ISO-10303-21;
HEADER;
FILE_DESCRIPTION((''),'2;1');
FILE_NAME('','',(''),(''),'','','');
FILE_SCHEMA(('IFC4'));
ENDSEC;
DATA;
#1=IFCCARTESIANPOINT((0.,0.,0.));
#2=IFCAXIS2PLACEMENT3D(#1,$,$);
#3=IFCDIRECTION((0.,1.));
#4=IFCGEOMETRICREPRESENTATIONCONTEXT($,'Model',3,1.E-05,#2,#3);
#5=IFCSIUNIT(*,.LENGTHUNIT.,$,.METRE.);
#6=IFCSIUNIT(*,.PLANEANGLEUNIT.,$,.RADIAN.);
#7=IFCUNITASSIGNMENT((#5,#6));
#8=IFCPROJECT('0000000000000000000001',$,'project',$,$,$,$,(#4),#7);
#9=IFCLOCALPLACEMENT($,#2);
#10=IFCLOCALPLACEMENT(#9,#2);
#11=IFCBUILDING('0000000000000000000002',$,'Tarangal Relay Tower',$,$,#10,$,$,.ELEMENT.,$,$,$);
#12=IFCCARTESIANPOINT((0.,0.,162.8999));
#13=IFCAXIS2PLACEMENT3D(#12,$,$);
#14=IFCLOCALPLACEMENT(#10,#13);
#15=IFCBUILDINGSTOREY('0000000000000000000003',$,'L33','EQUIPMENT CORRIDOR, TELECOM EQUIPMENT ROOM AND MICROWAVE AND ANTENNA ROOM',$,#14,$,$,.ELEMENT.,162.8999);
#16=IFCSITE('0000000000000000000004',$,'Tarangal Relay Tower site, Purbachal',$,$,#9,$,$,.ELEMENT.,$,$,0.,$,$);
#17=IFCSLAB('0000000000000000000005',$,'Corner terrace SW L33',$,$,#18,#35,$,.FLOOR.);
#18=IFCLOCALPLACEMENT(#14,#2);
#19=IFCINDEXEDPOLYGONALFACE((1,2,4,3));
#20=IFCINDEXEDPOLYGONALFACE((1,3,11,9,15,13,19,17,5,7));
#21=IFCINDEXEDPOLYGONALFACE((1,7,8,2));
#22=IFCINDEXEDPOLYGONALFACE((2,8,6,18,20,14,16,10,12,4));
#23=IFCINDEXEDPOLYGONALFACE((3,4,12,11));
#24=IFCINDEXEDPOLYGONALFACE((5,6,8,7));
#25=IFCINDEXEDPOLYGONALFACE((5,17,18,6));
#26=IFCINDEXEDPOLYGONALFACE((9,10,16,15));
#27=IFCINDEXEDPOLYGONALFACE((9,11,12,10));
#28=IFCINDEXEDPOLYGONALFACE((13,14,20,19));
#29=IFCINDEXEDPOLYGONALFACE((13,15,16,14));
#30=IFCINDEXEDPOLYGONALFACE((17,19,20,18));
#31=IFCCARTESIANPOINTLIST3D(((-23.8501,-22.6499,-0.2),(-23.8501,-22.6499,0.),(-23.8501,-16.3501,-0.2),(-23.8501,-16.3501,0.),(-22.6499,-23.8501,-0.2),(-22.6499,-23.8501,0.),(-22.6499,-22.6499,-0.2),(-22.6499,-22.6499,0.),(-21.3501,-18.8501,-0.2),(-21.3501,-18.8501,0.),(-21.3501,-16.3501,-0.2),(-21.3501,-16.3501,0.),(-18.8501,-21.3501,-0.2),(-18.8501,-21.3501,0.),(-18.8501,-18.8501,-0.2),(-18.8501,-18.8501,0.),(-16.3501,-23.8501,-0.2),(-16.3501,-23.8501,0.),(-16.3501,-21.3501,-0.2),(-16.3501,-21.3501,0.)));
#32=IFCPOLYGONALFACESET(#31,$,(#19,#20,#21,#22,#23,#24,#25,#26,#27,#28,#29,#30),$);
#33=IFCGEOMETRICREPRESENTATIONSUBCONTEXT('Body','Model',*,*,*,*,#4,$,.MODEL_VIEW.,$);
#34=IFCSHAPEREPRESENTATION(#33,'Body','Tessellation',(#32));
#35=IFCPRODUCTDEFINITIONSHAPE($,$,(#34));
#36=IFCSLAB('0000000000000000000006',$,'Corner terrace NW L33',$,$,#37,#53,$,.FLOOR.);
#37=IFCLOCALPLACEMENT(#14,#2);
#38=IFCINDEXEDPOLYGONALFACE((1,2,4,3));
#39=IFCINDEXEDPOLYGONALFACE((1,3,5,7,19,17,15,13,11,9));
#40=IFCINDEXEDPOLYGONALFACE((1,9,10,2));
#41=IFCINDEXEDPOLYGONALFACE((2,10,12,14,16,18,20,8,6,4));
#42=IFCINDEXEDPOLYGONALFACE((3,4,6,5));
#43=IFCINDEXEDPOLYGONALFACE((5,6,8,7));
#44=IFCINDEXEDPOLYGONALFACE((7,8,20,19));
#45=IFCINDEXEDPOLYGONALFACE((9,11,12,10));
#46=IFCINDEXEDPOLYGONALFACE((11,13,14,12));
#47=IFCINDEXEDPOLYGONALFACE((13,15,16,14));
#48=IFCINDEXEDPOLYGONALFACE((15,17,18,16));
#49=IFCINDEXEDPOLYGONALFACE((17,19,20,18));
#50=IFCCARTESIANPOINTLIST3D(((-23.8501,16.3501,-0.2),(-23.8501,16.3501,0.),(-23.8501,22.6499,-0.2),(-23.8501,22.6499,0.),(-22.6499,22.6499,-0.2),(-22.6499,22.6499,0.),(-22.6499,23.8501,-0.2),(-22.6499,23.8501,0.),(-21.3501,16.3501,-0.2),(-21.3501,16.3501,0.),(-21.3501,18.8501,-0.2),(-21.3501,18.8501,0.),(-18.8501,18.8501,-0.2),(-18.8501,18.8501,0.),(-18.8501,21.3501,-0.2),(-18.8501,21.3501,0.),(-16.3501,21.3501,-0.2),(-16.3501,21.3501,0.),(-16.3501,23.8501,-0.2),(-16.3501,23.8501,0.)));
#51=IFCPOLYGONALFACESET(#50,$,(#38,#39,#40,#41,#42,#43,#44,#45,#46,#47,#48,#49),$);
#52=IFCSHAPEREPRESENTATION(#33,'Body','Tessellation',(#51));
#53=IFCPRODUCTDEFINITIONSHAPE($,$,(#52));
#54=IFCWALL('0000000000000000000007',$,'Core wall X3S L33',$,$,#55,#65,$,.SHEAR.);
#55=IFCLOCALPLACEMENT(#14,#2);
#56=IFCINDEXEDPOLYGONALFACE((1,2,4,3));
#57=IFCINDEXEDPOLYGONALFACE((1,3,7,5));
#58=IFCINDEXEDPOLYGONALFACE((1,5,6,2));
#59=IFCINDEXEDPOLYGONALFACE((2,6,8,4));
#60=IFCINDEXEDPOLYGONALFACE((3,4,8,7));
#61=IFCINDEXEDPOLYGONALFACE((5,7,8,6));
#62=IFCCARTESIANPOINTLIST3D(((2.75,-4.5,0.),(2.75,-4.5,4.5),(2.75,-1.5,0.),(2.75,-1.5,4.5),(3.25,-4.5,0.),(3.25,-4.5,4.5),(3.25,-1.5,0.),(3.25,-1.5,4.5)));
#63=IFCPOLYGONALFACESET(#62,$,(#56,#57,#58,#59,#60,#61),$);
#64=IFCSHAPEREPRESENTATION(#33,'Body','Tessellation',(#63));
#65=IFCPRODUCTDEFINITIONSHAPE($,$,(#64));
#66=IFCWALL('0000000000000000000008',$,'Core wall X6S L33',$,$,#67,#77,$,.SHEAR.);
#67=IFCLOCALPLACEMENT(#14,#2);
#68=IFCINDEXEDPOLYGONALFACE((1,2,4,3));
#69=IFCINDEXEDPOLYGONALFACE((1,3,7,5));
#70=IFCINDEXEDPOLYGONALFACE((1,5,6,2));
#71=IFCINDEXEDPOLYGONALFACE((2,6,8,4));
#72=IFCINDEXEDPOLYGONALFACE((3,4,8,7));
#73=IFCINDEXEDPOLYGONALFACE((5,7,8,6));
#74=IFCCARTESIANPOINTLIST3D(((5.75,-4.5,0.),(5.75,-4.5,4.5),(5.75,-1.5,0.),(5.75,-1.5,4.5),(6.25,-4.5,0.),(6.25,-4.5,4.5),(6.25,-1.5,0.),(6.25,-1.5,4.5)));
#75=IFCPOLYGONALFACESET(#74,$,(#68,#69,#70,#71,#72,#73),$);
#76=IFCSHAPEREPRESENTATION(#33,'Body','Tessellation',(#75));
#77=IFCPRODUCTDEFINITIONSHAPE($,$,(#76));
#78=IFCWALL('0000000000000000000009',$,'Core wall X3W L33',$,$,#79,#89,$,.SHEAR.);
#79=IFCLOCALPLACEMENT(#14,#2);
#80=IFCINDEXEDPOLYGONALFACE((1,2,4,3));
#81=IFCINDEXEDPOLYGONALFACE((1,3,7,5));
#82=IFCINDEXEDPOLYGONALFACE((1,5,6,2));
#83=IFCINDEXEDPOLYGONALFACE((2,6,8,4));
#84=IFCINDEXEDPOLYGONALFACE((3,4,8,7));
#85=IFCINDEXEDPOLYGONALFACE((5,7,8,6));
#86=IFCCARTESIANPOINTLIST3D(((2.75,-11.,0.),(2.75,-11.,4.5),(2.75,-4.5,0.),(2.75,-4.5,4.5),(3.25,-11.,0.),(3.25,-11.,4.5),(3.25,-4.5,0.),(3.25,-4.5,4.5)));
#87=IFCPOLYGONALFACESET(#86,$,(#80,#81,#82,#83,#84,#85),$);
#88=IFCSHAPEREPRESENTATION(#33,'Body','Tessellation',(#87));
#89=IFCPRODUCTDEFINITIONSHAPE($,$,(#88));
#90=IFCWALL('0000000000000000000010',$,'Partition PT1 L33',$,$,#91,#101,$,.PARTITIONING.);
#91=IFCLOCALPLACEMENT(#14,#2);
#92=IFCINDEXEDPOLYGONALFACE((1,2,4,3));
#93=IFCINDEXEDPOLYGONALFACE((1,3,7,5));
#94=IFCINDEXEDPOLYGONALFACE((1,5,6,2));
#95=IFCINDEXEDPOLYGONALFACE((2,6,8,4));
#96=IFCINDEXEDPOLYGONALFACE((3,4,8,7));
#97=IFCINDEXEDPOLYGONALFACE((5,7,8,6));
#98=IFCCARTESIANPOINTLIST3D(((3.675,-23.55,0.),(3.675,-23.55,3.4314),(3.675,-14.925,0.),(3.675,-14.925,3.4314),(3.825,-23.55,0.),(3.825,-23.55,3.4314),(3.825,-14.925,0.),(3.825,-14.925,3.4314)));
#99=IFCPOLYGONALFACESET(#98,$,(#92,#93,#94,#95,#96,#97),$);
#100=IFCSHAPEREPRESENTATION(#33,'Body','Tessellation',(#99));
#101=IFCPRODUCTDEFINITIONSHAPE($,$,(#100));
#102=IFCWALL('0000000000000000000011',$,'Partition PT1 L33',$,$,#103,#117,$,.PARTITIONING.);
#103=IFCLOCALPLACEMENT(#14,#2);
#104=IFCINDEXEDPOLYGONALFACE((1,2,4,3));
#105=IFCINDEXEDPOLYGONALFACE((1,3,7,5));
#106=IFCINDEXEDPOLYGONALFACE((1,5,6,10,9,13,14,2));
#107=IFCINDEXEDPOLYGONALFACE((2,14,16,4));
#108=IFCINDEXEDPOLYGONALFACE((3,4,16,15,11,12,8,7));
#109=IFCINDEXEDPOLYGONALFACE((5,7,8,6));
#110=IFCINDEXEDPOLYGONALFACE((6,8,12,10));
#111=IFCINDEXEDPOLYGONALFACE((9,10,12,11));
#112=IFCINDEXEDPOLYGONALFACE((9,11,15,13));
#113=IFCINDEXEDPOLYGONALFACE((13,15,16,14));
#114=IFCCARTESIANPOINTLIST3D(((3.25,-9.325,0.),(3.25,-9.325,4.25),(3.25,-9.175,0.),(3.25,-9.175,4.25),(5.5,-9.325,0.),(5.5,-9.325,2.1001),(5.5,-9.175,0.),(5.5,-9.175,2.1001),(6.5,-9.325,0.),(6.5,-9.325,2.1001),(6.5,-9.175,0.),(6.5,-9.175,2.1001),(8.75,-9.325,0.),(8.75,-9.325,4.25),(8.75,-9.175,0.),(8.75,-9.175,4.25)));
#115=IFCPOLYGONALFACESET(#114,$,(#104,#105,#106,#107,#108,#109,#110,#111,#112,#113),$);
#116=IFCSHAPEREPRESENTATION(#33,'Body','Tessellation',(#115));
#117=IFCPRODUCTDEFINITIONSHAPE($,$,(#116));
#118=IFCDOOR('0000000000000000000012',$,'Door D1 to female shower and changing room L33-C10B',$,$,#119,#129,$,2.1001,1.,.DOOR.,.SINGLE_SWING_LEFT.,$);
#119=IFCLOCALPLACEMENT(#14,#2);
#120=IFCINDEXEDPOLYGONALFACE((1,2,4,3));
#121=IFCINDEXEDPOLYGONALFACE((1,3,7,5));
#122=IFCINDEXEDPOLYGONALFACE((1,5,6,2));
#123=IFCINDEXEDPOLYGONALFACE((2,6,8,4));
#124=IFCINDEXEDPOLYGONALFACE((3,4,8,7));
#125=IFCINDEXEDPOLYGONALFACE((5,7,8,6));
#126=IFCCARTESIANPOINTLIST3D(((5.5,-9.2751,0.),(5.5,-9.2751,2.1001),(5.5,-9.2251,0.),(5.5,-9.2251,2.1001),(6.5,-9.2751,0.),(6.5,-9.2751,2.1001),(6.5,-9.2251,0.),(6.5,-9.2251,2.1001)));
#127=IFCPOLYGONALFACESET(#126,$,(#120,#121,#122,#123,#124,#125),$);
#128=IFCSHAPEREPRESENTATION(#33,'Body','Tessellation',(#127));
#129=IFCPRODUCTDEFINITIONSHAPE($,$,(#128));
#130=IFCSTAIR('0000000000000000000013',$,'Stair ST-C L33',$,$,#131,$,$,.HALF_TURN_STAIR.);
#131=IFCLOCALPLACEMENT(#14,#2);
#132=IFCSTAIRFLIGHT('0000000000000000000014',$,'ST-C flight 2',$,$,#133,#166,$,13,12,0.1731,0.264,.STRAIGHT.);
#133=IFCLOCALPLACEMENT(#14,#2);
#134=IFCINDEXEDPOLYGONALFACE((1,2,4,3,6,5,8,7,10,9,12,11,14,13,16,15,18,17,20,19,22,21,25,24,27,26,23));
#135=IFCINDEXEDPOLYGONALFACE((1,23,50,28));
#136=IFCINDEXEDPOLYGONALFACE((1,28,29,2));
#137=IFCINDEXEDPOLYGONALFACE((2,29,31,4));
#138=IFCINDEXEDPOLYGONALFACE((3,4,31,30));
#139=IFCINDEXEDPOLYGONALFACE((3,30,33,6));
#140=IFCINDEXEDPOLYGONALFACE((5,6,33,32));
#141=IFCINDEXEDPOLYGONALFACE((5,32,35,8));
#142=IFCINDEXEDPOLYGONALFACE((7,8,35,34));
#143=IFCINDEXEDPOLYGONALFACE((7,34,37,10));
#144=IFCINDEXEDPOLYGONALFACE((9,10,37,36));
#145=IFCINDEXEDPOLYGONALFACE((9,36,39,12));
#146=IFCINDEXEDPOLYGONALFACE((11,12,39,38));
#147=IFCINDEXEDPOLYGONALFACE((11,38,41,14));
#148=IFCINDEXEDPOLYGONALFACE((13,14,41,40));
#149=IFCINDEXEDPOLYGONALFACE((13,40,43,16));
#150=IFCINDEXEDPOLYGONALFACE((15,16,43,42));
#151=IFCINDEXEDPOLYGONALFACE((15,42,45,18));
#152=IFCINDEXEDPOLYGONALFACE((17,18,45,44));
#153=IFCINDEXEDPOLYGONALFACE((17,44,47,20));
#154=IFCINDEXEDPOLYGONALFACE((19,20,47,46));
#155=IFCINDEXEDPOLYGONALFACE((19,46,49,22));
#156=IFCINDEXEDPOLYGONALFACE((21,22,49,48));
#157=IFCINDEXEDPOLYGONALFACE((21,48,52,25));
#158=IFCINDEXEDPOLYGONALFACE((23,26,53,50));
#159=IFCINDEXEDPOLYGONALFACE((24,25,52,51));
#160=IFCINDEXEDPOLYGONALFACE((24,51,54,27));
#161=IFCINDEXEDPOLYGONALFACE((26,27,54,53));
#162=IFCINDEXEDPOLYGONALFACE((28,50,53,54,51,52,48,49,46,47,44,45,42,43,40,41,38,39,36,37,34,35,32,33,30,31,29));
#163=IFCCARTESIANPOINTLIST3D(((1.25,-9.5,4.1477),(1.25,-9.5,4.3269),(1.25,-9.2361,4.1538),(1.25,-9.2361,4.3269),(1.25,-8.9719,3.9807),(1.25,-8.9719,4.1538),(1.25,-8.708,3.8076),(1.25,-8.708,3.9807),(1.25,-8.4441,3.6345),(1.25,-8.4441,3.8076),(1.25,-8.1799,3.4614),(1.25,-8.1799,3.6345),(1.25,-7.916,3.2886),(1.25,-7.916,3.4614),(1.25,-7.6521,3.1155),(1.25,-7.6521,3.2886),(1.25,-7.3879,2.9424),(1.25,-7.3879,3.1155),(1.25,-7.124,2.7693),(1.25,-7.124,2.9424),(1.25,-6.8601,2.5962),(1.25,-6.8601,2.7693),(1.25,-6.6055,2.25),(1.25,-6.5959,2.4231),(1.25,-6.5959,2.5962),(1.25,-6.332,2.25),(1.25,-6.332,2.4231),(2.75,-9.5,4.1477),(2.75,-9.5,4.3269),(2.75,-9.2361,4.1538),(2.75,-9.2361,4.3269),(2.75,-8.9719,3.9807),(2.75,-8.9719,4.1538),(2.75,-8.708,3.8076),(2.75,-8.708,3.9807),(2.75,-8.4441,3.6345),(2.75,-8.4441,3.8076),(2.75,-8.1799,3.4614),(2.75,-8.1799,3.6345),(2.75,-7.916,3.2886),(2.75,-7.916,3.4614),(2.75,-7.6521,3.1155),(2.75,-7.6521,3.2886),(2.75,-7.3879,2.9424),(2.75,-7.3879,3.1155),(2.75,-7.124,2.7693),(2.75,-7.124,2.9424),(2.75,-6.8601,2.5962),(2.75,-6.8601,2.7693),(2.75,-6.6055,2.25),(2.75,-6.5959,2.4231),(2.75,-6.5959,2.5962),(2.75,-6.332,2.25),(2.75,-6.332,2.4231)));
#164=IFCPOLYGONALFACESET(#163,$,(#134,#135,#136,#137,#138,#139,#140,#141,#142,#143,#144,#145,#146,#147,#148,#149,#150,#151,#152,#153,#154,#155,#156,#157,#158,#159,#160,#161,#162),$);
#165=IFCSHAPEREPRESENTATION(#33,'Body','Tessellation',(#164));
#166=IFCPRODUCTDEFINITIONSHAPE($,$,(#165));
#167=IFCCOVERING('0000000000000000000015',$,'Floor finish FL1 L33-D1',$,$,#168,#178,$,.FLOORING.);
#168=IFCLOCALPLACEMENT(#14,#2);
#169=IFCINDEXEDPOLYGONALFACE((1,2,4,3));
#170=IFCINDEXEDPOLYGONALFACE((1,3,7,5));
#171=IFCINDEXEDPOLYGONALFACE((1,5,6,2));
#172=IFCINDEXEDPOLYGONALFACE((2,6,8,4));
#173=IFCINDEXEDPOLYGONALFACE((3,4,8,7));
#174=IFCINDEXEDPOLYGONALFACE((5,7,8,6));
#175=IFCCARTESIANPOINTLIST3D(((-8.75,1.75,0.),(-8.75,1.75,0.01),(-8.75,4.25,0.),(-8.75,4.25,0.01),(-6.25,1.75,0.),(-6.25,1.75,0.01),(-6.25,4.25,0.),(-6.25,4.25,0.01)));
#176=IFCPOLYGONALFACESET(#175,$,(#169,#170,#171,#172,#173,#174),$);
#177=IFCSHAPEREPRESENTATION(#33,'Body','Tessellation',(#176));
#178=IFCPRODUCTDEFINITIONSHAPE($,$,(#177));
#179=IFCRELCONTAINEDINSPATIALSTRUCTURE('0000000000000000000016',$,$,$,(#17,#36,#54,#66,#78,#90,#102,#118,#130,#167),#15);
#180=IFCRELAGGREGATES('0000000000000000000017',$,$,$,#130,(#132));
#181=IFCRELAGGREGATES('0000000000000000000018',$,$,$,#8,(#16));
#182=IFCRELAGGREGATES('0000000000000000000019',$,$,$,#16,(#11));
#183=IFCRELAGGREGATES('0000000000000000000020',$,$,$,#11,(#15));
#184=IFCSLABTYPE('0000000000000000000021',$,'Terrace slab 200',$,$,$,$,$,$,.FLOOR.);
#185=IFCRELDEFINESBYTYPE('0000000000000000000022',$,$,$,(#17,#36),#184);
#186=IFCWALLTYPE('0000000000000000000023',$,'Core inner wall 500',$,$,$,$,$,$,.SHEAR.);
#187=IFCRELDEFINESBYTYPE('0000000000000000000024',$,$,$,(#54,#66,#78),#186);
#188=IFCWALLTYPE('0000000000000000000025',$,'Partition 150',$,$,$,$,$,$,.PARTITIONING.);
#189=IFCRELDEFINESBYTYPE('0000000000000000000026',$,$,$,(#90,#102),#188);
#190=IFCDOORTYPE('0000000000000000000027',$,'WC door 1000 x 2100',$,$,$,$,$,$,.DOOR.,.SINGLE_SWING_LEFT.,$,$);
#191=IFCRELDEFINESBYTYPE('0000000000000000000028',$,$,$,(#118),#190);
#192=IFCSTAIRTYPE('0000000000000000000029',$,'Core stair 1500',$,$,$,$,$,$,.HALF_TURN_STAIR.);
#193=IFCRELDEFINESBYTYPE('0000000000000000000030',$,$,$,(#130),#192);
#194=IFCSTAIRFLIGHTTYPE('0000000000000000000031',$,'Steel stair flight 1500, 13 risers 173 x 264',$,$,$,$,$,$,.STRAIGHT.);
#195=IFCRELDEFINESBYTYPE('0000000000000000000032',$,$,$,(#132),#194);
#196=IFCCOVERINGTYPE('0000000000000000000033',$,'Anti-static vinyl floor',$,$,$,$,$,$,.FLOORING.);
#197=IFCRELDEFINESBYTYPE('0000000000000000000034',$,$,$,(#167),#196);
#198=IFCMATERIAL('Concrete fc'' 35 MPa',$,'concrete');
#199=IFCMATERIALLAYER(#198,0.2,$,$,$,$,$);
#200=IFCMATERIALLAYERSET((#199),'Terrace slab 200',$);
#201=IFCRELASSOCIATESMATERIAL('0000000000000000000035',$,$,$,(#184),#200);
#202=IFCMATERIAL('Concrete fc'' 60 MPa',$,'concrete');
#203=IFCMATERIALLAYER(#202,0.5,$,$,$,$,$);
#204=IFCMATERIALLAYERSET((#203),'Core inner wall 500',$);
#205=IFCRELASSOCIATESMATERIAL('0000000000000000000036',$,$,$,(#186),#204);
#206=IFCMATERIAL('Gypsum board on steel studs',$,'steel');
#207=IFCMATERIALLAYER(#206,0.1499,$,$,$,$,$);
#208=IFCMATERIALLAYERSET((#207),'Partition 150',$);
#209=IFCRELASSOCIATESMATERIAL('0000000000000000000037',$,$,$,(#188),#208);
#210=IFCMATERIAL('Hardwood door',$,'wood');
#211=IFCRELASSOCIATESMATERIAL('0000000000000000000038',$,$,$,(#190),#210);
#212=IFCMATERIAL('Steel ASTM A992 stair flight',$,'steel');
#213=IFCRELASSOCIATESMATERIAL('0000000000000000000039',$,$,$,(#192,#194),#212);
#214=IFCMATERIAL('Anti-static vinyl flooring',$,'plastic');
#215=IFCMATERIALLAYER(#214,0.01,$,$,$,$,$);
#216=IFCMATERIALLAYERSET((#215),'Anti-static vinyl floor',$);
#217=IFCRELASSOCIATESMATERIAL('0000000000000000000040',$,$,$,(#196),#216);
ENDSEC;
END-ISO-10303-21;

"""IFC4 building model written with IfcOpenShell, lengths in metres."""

from ifc_helpers import new_model, si_unit, direction, frame, frame_2d, origin, place, context, subcontext, project, spatial, polyline, rectangle, outline, extrude, material, layer, layer_set, type_object, element, fill, aggregate, save


model = new_model("IFC4")

# Units and contexts
model_context = context("Model", 3, precision=1e-05, world=origin(), true_north=direction((0.0, 1.0)))
body_context = subcontext(model_context, "Body", "Model", "MODEL_VIEW")
ifc_project = project(units=[si_unit("LENGTHUNIT", "METRE"), si_unit("PLANEANGLEUNIT", "RADIAN")], contexts=[model_context])

# Site, building, storey
site_placement = place(None, origin())
site = spatial("IfcSite", under=ifc_project, at=site_placement, Name="Tarangal Relay Tower site, Purbachal", CompositionType="ELEMENT", RefElevation=0.0)
building_placement = place(site_placement, origin())
building = spatial("IfcBuilding", under=site, at=building_placement, Name="Tarangal Relay Tower", CompositionType="ELEMENT")
storey_placement = place(building_placement, frame((0.0, 0.0, 162.8999)))
storey = spatial("IfcBuildingStorey", under=building, at=storey_placement, Name="L33", Description="EQUIPMENT CORRIDOR, TELECOM EQUIPMENT ROOM AND MICROWAVE AND ANTENNA ROOM", CompositionType="ELEMENT", Elevation=162.8999)

# Slabs
ifc_material_1 = material(Name="Concrete fc' 35 MPa", Category="concrete")
ifc_layer_1 = layer(ifc_material_1, 0.2)
ifc_layer_set_1 = layer_set([ifc_layer_1], Name="Terrace slab 200")
slab_type_1 = type_object("IfcSlabType", Name="Terrace slab 200", PredefinedType="FLOOR", material=ifc_layer_set_1)
slab_1_placement = place(storey_placement, frame((0.0, 0.0, -0.2)))
element("IfcSlab", 1, at=slab_1_placement, inside=storey, type_object=slab_type_1, Name="Corner terrace SW L33", PredefinedType="FLOOR", context=body_context, shape_type="SweptSolid", body=[
    extrude(outline(polyline([(-16.3501, -23.8501), (-16.3501, -21.3501), (-18.8501, -21.3501), (-18.8501, -18.8501), (-21.3501, -18.8501), (-21.3501, -16.3501), (-23.8501, -16.3501), (-23.8501, -22.6499), (-22.6499, -22.6499), (-22.6499, -23.8501), (-16.3501, -23.8501)])), origin(), (0.0, 0.0, 1.0), 0.2),
])
slab_2_placement = place(storey_placement, frame((0.0, 0.0, -0.2)))
element("IfcSlab", 2, at=slab_2_placement, inside=storey, type_object=slab_type_1, Name="Corner terrace NW L33", PredefinedType="FLOOR", context=body_context, shape_type="SweptSolid", body=[
    extrude(outline(polyline([(-23.8501, 16.3501), (-21.3501, 16.3501), (-21.3501, 18.8501), (-18.8501, 18.8501), (-18.8501, 21.3501), (-16.3501, 21.3501), (-16.3501, 23.8501), (-22.6499, 23.8501), (-22.6499, 22.6499), (-23.8501, 22.6499), (-23.8501, 16.3501)])), origin(), (0.0, 0.0, 1.0), 0.2),
])

# Walls
ifc_material_2 = material(Name="Concrete fc' 60 MPa", Category="concrete")
ifc_layer_2 = layer(ifc_material_2, 0.5)
ifc_layer_set_2 = layer_set([ifc_layer_2], Name="Core inner wall 500")
wall_type_1 = type_object("IfcWallType", Name="Core inner wall 500", PredefinedType="SHEAR", material=ifc_layer_set_2)
for number, where, z_axis, x_axis, name in (
    (3, (3.0, -4.5, 0.0), (0.0, 0.0, 1.0), (0.0, 1.0, 0.0), "Core wall X3S L33"),
    (4, (6.0, -4.5, 0.0), (0.0, 0.0, 1.0), (0.0, 1.0, 0.0), "Core wall X6S L33"),
):
    element("IfcWall", number, at=place(storey_placement, frame(where, z_axis=z_axis, x_axis=x_axis)), inside=storey, type_object=wall_type_1, Name=name, PredefinedType="SHEAR", context=body_context, shape_type="SweptSolid", body=[
        extrude(rectangle(XDim=3.0, YDim=0.5, at=frame_2d((1.5, 0.0))), origin(), (0.0, 0.0, 1.0), 4.5),
    ])
wall_1_placement = place(storey_placement, frame((3.0, -11.0, 0.0), z_axis=(0.0, 0.0, 1.0), x_axis=(0.0, 1.0, 0.0)))
element("IfcWall", 5, at=wall_1_placement, inside=storey, type_object=wall_type_1, Name="Core wall X3W L33", PredefinedType="SHEAR", context=body_context, shape_type="SweptSolid", body=[
    extrude(rectangle(XDim=6.5, YDim=0.5, at=frame_2d((3.25, 0.0))), origin(), (0.0, 0.0, 1.0), 4.5),
])
ifc_material_3 = material(Name="Gypsum board on steel studs", Category="steel")
ifc_layer_3 = layer(ifc_material_3, 0.1499)
ifc_layer_set_3 = layer_set([ifc_layer_3], Name="Partition 150")
wall_type_2 = type_object("IfcWallType", Name="Partition 150", PredefinedType="PARTITIONING", material=ifc_layer_set_3)
wall_2_placement = place(storey_placement, frame((3.75, -23.55, 0.0), z_axis=(0.0, 0.0, 1.0), x_axis=(0.0, 1.0, 0.0)))
element("IfcWall", 6, at=wall_2_placement, inside=storey, type_object=wall_type_2, Name="Partition PT1 L33", PredefinedType="PARTITIONING", context=body_context, shape_type="SweptSolid", body=[
    extrude(rectangle(XDim=8.625, YDim=0.1499, at=frame_2d((4.3125, 0.0))), origin(), (0.0, 0.0, 1.0), 3.4314),
])

# Wall, opening, door
wall_3_placement = place(storey_placement, frame((3.25, -9.25, 0.0), z_axis=(0.0, 0.0, 1.0), x_axis=(1.0, 0.0, 0.0)))
wall_3 = element("IfcWall", 7, at=wall_3_placement, inside=storey, type_object=wall_type_2, Name="Partition PT1 L33", PredefinedType="PARTITIONING", context=body_context, shape_type="SweptSolid", body=[
    extrude(rectangle(XDim=5.5, YDim=0.1499, at=frame_2d((2.75, 0.0))), origin(), (0.0, 0.0, 1.0), 4.25),
])
opening_placement = place(wall_3_placement, frame((2.25, 0.0, 0.0)))
opening = element("IfcOpeningElement", 8, at=opening_placement, cuts=wall_3, PredefinedType="OPENING", context=body_context, shape_type="SweptSolid", body=[
    extrude(rectangle(XDim=1.0, YDim=2.1001, at=frame_2d((0.5, 1.05))), frame((0.0, 0.085, 0.0), z_axis=(0.0, -1.0, 0.0), x_axis=(1.0, 0.0, 0.0)), (0.0, 0.0, 1.0), 0.1699),
])
ifc_material_4 = material(Name="Hardwood door", Category="wood")
door_type = type_object("IfcDoorType", Name="WC door 1000 x 2100", OperationType="SINGLE_SWING_LEFT", PredefinedType="DOOR", material=ifc_material_4)
door_placement = place(opening_placement, origin())
door = element("IfcDoor", 9, at=door_placement, inside=storey, type_object=door_type, Name="Door D1 to female shower and changing room L33-C10B", OperationType="SINGLE_SWING_LEFT", OverallHeight=2.1001, OverallWidth=1.0, PredefinedType="DOOR", context=body_context, shape_type="SweptSolid", body=[
    extrude(rectangle(XDim=1.0, YDim=2.1001, at=frame_2d((0.5, 1.05))), frame((0.0, 0.0249, 0.0), z_axis=(0.0, -1.0, 0.0), x_axis=(1.0, 0.0, 0.0)), (0.0, 0.0, 1.0), 0.05),
])
fill(opening, door)

# Stair, stair flight
ifc_material_5 = material(Name="Steel ASTM A992 stair flight", Category="steel")
stair_type = type_object("IfcStairType", Name="Core stair 1500", PredefinedType="HALF_TURN_STAIR", material=ifc_material_5)
stair_placement = place(storey_placement, origin())
stair = element("IfcStair", 10, at=stair_placement, inside=storey, type_object=stair_type, Name="Stair ST-C L33", PredefinedType="HALF_TURN_STAIR")
stair_flight_type = type_object("IfcStairFlightType", Name="Steel stair flight 1500, 13 risers 173 x 264", PredefinedType="STRAIGHT", material=ifc_material_5)
stair_flight_placement = place(storey_placement, frame((2.0, -6.332, 2.25), z_axis=(0.0, 0.0, 1.0), x_axis=(0.0, -1.0, 0.0)))
stair_flight = element("IfcStairFlight", 11, at=stair_flight_placement, type_object=stair_flight_type, Name="ST-C flight 2", NumberOfRisers=13, NumberOfTreads=12, PredefinedType="STRAIGHT", RiserHeight=0.1731, TreadLength=0.264, context=body_context, shape_type="SweptSolid", body=[
    extrude(outline(polyline([(0.0, 0.0), (0.0, 0.1731), (0.2639, 0.1731), (0.2639, 0.3462), (0.5281, 0.3462), (0.5281, 0.5193), (0.792, 0.5193), (0.792, 0.6924), (1.0559, 0.6924), (1.0559, 0.8655), (1.3201, 0.8655), (1.3201, 1.0386), (1.584, 1.0386), (1.584, 1.2114), (1.8479, 1.2114), (1.8479, 1.3845), (2.1121, 1.3845), (2.1121, 1.5576), (2.376, 1.5576), (2.376, 1.7307), (2.6399, 1.7307), (2.6399, 1.9038), (2.9041, 1.9038), (2.9041, 2.0769), (3.168, 2.0769), (3.168, 2.25), (3.168, 1.8977), (0.2734, 0.0), (0.0, 0.0)])), frame((0.0, 0.75, 0.0), z_axis=(0.0, -1.0, 0.0), x_axis=(1.0, 0.0, 0.0)), (0.0, 0.0, 1.0), 1.5),
])
aggregate(stair, [stair_flight])

# Covering
ifc_material_6 = material(Name="Anti-static vinyl flooring", Category="plastic")
ifc_layer_4 = layer(ifc_material_6, 0.01)
ifc_layer_set_4 = layer_set([ifc_layer_4], Name="Anti-static vinyl floor")
covering_type_1 = type_object("IfcCoveringType", Name="Anti-static vinyl floor", PredefinedType="FLOORING", material=ifc_layer_set_4)
covering_1_placement = place(storey_placement, origin())
element("IfcCovering", 12, at=covering_1_placement, inside=storey, type_object=covering_type_1, Name="Floor finish FL1 L33-D1", PredefinedType="FLOORING", context=body_context, shape_type="SweptSolid", body=[
    extrude(outline(polyline([(-8.75, 1.75), (-6.25, 1.75), (-6.25, 4.25), (-8.75, 4.25), (-8.75, 1.75)])), origin(), (0.0, 0.0, 1.0), 0.01),
])

save(model, "model.ifc")
